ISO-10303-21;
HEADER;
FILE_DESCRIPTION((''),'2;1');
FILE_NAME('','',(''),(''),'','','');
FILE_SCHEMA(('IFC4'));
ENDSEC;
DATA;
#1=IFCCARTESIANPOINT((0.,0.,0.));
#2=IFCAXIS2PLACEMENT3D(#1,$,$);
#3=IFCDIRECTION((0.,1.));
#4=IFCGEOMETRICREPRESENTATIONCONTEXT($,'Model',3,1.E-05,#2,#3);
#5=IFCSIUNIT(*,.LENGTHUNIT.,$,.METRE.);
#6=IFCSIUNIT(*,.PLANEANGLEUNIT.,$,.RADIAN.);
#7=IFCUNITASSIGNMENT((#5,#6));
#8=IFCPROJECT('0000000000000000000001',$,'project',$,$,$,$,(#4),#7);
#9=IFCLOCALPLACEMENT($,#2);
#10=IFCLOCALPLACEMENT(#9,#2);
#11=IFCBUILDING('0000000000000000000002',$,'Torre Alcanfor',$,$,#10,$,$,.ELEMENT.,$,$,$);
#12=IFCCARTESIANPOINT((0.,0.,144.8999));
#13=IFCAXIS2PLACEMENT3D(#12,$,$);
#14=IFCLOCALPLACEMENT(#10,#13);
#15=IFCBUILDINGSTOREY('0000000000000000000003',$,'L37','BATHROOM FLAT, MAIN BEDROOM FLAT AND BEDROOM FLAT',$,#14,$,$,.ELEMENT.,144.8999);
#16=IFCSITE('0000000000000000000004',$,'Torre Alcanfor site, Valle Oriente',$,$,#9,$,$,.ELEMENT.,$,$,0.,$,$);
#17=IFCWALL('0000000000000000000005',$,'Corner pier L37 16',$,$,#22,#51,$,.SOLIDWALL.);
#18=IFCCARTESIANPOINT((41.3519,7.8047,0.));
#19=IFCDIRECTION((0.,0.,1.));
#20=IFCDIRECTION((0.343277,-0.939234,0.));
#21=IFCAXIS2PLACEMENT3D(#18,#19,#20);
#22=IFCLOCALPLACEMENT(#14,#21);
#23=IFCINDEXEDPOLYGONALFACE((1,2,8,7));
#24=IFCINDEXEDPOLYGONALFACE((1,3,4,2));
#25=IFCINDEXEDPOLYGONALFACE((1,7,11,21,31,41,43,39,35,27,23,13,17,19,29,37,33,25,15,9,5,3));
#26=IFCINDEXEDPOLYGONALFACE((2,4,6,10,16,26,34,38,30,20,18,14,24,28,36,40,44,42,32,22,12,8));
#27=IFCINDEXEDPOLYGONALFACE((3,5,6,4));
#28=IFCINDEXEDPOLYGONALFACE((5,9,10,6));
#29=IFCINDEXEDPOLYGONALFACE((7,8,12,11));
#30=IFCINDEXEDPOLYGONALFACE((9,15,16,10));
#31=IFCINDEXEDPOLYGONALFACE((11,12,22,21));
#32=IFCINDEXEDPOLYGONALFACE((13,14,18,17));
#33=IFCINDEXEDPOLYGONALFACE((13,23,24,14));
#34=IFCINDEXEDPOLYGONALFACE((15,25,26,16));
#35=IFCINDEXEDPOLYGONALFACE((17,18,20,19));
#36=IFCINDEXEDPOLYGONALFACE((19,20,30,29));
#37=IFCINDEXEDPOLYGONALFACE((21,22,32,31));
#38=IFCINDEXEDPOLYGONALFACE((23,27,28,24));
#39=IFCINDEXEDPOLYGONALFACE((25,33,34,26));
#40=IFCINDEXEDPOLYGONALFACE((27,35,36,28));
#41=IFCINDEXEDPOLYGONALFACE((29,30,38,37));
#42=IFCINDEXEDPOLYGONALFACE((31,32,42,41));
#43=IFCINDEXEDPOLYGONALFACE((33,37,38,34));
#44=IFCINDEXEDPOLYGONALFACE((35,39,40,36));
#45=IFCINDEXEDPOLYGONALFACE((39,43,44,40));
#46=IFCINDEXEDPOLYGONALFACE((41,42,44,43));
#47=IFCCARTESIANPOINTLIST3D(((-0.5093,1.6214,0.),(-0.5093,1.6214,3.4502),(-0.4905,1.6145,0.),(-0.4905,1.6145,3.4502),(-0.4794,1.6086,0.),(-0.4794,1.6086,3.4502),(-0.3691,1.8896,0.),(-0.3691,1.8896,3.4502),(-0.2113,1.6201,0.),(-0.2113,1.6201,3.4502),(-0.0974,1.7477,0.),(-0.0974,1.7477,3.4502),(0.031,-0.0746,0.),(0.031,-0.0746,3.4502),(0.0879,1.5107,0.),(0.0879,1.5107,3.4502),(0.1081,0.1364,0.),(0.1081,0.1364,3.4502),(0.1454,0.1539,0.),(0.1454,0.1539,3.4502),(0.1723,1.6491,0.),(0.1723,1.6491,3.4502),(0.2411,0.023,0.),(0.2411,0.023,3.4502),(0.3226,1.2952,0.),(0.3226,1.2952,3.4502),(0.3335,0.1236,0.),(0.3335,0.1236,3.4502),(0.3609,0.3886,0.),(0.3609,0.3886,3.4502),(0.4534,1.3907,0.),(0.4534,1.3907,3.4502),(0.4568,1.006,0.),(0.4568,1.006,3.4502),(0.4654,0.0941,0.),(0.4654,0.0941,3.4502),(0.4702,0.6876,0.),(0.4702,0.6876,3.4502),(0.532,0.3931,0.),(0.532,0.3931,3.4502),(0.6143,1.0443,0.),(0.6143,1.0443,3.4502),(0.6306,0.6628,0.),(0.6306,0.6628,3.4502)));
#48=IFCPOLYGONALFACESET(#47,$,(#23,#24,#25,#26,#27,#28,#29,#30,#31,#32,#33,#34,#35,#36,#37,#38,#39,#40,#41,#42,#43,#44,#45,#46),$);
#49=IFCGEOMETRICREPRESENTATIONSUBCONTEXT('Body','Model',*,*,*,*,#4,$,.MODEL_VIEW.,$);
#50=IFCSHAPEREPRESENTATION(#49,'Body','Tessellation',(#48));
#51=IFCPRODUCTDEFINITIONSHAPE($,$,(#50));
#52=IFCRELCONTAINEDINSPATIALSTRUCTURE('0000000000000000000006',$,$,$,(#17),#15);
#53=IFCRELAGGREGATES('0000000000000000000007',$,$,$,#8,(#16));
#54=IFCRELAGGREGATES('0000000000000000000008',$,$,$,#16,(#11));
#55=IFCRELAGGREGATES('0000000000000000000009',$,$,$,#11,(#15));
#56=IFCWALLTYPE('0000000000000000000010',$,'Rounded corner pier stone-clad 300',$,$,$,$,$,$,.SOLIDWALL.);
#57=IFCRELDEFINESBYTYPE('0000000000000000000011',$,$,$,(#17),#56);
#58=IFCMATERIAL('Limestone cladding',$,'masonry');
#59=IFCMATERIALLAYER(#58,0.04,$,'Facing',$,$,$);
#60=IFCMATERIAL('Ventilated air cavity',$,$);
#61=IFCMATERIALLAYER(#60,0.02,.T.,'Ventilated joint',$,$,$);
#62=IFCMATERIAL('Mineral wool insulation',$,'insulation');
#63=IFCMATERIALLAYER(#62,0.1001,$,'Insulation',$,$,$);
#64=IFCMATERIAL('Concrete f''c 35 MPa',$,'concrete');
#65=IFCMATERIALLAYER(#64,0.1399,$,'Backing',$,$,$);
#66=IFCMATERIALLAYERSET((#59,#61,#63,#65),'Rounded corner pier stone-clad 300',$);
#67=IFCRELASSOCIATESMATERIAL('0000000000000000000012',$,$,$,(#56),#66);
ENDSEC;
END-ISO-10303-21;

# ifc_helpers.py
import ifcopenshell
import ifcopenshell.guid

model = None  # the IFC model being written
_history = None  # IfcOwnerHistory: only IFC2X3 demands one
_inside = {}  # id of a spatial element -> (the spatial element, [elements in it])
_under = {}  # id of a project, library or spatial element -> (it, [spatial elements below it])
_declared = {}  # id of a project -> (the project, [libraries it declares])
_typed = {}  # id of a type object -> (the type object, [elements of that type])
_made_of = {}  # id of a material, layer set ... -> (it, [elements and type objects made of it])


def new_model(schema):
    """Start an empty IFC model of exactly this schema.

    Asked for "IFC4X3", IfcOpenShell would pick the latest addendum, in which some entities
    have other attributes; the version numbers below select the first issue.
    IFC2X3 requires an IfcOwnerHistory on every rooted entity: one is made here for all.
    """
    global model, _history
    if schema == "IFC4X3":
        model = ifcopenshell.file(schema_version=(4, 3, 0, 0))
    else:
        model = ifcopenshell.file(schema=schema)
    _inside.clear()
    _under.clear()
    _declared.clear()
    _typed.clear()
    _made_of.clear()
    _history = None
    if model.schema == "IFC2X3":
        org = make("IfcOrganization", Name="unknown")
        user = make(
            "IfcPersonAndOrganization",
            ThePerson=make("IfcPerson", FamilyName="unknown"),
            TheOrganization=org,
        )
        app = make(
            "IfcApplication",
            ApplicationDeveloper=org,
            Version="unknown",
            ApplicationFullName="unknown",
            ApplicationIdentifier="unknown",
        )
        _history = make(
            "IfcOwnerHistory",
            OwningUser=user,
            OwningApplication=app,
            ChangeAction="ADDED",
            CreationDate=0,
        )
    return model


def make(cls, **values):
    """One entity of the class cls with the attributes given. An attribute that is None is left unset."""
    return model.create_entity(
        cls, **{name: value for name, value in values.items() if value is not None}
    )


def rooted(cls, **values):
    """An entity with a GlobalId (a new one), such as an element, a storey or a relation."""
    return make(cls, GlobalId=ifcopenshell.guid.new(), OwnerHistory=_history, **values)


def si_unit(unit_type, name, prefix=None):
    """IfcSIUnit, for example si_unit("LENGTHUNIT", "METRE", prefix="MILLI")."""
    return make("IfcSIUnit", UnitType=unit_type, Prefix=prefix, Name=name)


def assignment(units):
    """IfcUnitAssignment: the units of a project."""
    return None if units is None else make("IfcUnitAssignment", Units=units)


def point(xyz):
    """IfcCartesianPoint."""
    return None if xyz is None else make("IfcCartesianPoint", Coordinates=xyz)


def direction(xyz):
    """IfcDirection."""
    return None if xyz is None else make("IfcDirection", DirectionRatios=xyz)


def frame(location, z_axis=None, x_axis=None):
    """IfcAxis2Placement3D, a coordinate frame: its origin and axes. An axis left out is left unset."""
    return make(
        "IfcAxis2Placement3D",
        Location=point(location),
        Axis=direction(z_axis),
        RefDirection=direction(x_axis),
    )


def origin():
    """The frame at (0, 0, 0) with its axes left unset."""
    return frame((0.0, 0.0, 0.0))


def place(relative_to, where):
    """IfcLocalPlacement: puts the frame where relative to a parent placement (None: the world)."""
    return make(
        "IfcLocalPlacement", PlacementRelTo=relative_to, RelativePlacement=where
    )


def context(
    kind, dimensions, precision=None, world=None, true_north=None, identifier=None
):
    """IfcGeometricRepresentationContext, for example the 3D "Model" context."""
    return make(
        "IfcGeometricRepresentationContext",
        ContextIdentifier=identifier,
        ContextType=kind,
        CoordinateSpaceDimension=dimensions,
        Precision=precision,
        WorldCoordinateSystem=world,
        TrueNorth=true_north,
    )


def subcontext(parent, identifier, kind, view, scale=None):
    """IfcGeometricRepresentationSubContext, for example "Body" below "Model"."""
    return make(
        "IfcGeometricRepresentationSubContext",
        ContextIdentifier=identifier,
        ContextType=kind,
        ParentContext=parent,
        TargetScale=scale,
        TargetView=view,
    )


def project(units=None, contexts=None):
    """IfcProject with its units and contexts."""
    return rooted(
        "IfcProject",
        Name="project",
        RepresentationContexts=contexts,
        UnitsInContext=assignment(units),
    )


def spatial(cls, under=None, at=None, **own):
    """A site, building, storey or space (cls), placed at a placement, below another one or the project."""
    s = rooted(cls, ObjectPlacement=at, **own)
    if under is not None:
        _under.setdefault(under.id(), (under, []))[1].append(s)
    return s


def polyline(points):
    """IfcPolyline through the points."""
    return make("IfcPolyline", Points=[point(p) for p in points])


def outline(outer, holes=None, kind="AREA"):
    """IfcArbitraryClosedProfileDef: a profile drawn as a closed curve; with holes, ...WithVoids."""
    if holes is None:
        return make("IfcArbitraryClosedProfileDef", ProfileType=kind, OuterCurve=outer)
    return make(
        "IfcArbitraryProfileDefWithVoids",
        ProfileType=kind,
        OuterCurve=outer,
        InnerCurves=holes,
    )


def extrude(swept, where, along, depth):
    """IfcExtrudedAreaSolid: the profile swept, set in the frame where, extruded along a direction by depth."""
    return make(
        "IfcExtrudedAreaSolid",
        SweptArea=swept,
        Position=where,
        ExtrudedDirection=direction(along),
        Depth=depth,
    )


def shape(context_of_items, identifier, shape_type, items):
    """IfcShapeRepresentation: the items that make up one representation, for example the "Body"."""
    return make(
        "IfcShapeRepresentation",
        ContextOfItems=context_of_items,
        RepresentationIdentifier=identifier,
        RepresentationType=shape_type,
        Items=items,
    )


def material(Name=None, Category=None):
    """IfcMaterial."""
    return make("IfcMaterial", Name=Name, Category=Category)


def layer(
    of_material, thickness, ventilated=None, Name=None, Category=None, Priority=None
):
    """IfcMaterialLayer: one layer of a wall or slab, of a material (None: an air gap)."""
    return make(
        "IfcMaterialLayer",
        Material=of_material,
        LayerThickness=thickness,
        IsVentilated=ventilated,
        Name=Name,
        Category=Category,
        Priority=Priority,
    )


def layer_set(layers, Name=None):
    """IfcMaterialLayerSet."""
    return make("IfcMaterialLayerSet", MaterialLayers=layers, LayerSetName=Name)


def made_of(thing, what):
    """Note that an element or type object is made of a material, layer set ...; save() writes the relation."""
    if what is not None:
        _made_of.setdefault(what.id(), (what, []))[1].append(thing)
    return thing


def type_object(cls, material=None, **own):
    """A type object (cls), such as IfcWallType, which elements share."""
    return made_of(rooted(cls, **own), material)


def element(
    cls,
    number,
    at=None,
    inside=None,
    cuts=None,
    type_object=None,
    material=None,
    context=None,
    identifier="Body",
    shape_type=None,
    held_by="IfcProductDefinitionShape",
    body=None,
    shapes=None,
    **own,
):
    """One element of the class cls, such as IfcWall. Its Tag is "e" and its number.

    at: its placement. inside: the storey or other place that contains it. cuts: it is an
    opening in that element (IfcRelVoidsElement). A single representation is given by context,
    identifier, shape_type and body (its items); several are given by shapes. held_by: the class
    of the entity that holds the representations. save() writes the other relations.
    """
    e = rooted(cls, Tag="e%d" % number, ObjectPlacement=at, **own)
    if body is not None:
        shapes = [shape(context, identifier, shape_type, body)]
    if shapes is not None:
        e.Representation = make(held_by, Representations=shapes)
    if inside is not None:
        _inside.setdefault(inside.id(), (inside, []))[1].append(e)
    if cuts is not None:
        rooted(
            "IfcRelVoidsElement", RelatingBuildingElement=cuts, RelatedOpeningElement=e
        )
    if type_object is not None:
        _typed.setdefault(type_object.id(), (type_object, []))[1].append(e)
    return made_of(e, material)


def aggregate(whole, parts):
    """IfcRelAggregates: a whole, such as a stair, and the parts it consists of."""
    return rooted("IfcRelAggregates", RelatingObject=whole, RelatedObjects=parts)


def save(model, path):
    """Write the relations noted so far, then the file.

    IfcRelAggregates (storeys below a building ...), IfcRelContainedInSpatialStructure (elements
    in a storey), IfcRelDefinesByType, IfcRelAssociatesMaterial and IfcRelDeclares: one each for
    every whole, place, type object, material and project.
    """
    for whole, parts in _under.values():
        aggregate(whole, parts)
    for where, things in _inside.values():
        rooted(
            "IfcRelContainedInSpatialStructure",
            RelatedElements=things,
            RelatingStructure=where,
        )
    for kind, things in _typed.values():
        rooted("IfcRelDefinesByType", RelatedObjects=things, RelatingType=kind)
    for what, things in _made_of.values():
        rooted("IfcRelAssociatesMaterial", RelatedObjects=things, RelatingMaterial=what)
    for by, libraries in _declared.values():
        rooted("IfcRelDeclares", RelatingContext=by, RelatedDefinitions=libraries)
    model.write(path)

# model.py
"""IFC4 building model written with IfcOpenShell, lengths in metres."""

from ifc_helpers import new_model, si_unit, direction, frame, origin, place, context, subcontext, project, spatial, polyline, outline, extrude, material, layer, layer_set, type_object, element, save


model = new_model("IFC4")

# Units and contexts
model_context = context("Model", 3, precision=1e-05, world=origin(), true_north=direction((0.0, 1.0)))
body_context = subcontext(model_context, "Body", "Model", "MODEL_VIEW")
ifc_project = project(units=[si_unit("LENGTHUNIT", "METRE"), si_unit("PLANEANGLEUNIT", "RADIAN")], contexts=[model_context])

# Site, building, storey
site_placement = place(None, origin())
site = spatial("IfcSite", under=ifc_project, at=site_placement, Name="Torre Alcanfor site, Valle Oriente", CompositionType="ELEMENT", RefElevation=0.0)
building_placement = place(site_placement, origin())
building = spatial("IfcBuilding", under=site, at=building_placement, Name="Torre Alcanfor", CompositionType="ELEMENT")
storey_placement = place(building_placement, frame((0.0, 0.0, 144.8999)))
storey = spatial("IfcBuildingStorey", under=building, at=storey_placement, Name="L37", Description="BATHROOM FLAT, MAIN BEDROOM FLAT AND BEDROOM FLAT", CompositionType="ELEMENT", Elevation=144.8999)

# Wall
ifc_material_1 = material(Name="Limestone cladding", Category="masonry")
ifc_layer_1 = layer(ifc_material_1, 0.04, Name="Facing")
ifc_material_2 = material(Name="Ventilated air cavity")
ifc_layer_2 = layer(ifc_material_2, 0.02, ventilated=True, Name="Ventilated joint")
ifc_material_3 = material(Name="Mineral wool insulation", Category="insulation")
ifc_layer_3 = layer(ifc_material_3, 0.1001, Name="Insulation")
ifc_material_4 = material(Name="Concrete f'c 35 MPa", Category="concrete")
ifc_layer_4 = layer(ifc_material_4, 0.1399, Name="Backing")
ifc_layer_set_1 = layer_set([ifc_layer_1, ifc_layer_2, ifc_layer_3, ifc_layer_4], Name="Rounded corner pier stone-clad 300")
wall_type_1 = type_object("IfcWallType", Name="Rounded corner pier stone-clad 300", PredefinedType="SOLIDWALL", material=ifc_layer_set_1)
wall_1_placement = place(storey_placement, frame((41.3519, 7.8047, 0.0), z_axis=(0.0, 0.0, 1.0), x_axis=(0.343277, -0.939234, 0.0)))
element("IfcWall", 1, at=wall_1_placement, inside=storey, type_object=wall_type_1, Name="Corner pier L37 16", PredefinedType="SOLIDWALL", context=body_context, shape_type="SweptSolid", body=[
    extrude(outline(polyline([(-0.3691, 1.8896), (-0.5093, 1.6214), (-0.4905, 1.6145), (-0.4794, 1.6086), (-0.2113, 1.6201), (0.0879, 1.5107), (0.3226, 1.2952), (0.4568, 1.006), (0.4702, 0.6876), (0.3609, 0.3886), (0.1454, 0.1539), (0.1081, 0.1364), (0.031, -0.0746), (0.2411, 0.023), (0.3335, 0.1236), (0.4654, 0.0941), (0.532, 0.3931), (0.6306, 0.6628), (0.6143, 1.0443), (0.4534, 1.3907), (0.1723, 1.6491), (-0.0974, 1.7477), (-0.3691, 1.8896)])), origin(), (0.0, 0.0, 1.0), 3.4502),
])

save(model, "model.ifc")
